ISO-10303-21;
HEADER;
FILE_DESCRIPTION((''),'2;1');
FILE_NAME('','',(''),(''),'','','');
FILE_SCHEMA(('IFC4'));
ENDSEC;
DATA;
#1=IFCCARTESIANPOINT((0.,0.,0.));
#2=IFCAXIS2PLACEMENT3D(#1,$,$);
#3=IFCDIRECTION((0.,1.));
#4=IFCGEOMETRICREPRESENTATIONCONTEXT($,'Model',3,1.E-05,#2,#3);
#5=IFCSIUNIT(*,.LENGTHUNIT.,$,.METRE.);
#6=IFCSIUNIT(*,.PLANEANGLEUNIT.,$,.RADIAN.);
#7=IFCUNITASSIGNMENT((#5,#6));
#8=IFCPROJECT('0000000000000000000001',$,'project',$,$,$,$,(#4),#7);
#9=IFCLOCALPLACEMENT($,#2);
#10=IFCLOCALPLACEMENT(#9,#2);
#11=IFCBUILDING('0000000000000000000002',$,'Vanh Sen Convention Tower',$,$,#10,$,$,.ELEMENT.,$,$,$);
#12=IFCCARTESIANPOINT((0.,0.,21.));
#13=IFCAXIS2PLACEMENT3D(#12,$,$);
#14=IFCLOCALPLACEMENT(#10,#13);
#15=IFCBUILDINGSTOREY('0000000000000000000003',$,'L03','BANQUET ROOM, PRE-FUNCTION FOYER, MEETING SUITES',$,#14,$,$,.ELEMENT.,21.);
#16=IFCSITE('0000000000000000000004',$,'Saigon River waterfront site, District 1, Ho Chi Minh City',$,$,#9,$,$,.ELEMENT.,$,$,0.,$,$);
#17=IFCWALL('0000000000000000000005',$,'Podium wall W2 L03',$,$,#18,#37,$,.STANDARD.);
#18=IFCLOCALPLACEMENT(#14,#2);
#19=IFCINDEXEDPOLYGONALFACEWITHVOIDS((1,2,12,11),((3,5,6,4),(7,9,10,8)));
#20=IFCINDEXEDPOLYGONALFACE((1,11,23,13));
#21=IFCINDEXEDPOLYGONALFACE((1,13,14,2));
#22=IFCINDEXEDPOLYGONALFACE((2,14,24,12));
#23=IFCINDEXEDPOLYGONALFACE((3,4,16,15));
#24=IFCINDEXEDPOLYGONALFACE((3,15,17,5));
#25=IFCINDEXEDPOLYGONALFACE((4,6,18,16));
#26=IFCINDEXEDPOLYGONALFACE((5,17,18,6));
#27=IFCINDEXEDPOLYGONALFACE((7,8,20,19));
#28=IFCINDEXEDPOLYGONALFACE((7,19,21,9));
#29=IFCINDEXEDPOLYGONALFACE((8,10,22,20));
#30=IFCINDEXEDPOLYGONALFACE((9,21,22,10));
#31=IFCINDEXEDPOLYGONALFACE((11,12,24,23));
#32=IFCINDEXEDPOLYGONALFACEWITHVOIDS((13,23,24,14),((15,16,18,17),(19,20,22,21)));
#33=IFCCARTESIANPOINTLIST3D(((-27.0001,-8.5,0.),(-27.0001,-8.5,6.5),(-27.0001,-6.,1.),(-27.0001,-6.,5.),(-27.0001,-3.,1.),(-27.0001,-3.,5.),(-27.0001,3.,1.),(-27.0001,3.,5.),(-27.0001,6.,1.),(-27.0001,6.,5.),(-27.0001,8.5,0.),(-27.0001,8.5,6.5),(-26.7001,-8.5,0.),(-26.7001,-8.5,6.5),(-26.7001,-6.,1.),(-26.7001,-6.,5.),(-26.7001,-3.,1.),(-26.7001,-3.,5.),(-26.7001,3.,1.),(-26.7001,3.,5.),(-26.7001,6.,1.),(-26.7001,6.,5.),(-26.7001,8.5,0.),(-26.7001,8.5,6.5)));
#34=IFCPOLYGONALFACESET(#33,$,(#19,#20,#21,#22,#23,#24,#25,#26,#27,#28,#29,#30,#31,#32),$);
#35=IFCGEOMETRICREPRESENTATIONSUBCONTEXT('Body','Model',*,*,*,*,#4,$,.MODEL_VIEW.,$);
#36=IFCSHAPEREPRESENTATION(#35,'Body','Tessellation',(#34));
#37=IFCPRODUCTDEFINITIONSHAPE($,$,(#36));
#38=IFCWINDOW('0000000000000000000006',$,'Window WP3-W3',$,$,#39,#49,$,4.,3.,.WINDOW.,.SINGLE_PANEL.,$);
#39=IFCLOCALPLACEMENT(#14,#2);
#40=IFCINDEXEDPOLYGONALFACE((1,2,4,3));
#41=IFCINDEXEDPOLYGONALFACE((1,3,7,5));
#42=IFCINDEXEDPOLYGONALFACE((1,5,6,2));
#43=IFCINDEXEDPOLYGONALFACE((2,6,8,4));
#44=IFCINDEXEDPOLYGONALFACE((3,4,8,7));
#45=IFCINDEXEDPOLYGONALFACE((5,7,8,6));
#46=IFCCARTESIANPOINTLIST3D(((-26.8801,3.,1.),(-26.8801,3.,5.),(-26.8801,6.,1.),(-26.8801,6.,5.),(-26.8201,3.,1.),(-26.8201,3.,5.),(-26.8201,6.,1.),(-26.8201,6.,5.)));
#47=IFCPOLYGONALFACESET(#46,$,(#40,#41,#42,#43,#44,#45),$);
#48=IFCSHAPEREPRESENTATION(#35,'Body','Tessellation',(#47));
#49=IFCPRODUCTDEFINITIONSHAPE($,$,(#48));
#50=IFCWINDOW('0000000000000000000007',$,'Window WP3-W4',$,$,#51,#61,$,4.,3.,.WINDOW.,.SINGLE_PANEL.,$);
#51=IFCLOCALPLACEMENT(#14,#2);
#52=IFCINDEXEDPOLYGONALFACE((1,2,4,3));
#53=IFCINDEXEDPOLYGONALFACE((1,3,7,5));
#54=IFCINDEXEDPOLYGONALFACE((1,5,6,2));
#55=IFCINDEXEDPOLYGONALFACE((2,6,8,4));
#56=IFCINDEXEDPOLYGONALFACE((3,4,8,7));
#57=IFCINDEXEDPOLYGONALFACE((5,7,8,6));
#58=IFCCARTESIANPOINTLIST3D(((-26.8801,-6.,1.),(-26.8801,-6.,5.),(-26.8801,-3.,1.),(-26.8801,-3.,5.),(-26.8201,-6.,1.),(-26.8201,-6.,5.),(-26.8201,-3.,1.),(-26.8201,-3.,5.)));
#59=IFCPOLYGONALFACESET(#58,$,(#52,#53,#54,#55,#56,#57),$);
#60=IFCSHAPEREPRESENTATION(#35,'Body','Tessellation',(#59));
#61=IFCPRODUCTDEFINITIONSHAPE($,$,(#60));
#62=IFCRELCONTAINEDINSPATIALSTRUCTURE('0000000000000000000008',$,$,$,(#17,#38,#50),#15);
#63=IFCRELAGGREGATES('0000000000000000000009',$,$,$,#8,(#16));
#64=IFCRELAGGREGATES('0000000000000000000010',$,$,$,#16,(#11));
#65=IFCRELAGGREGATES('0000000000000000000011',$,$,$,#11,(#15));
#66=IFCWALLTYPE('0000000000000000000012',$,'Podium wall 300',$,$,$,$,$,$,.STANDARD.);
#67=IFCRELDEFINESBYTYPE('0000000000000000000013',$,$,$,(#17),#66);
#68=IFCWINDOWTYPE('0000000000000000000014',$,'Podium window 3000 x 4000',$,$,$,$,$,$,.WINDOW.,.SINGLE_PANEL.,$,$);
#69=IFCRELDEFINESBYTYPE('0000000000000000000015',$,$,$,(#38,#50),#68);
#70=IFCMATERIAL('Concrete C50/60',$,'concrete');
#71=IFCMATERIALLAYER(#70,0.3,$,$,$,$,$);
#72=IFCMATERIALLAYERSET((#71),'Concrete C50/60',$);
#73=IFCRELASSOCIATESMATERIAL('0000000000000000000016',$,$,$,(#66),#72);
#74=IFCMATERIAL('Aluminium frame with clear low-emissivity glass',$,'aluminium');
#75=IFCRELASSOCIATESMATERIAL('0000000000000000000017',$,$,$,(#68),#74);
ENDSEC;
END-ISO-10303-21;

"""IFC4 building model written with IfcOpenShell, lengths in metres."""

from ifc_helpers import new_model, si_unit, direction, frame, frame_2d, origin, place, context, subcontext, project, spatial, rectangle, extrude, material, layer, layer_set, type_object, element, fill, save


model = new_model("IFC4")

# Units and contexts
model_context = context("Model", 3, precision=1e-05, world=origin(), true_north=direction((0.0, 1.0)))
body_context = subcontext(model_context, "Body", "Model", "MODEL_VIEW")
ifc_project = project(units=[si_unit("LENGTHUNIT", "METRE"), si_unit("PLANEANGLEUNIT", "RADIAN")], contexts=[model_context])

# Site, building, storey
site_placement = place(None, origin())
site = spatial("IfcSite", under=ifc_project, at=site_placement, Name="Saigon River waterfront site, District 1, Ho Chi Minh City", CompositionType="ELEMENT", RefElevation=0.0)
building_placement = place(site_placement, origin())
building = spatial("IfcBuilding", under=site, at=building_placement, Name="Vanh Sen Convention Tower", CompositionType="ELEMENT")
storey_placement = place(building_placement, frame((0.0, 0.0, 21.0)))
storey = spatial("IfcBuildingStorey", under=building, at=storey_placement, Name="L03", Description="BANQUET ROOM, PRE-FUNCTION FOYER, MEETING SUITES", CompositionType="ELEMENT", Elevation=21.0)

# Wall, openings, windows
ifc_material_1 = material(Name="Concrete C50/60", Category="concrete")
ifc_layer_1 = layer(ifc_material_1, 0.3)
ifc_layer_set_1 = layer_set([ifc_layer_1], Name="Concrete C50/60")
wall_type_1 = type_object("IfcWallType", Name="Podium wall 300", PredefinedType="STANDARD", material=ifc_layer_set_1)
wall_1_placement = place(storey_placement, frame((-26.8501, 8.5, 0.0), z_axis=(0.0, 0.0, 1.0), x_axis=(0.0, -1.0, 0.0)))
wall_1 = element("IfcWall", 1, at=wall_1_placement, inside=storey, type_object=wall_type_1, Name="Podium wall W2 L03", PredefinedType="STANDARD", context=body_context, shape_type="SweptSolid", body=[
    extrude(rectangle(XDim=17.0, YDim=0.3, at=frame_2d((8.5, 0.0))), origin(), (0.0, 0.0, 1.0), 6.5),
])
opening_1_placement = place(wall_1_placement, frame((2.5, 0.0, 1.0)))
opening_1 = element("IfcOpeningElement", 2, at=opening_1_placement, cuts=wall_1, PredefinedType="OPENING", context=body_context, shape_type="SweptSolid", body=[
    extrude(rectangle(XDim=3.0, YDim=4.0, at=frame_2d((1.5, 2.0))), frame((0.0, 0.1599, 0.0), z_axis=(0.0, -1.0, 0.0), x_axis=(1.0, 0.0, 0.0)), (0.0, 0.0, 1.0), 0.3201),
])
opening_2_placement = place(wall_1_placement, frame((11.5, 0.0, 1.0)))
opening_2 = element("IfcOpeningElement", 3, at=opening_2_placement, cuts=wall_1, PredefinedType="OPENING", context=body_context, shape_type="SweptSolid", body=[
    extrude(rectangle(XDim=3.0, YDim=4.0, at=frame_2d((1.5, 2.0))), frame((0.0, 0.1599, 0.0), z_axis=(0.0, -1.0, 0.0), x_axis=(1.0, 0.0, 0.0)), (0.0, 0.0, 1.0), 0.3201),
])
ifc_material_2 = material(Name="Aluminium frame with clear low-emissivity glass", Category="aluminium")
window_type = type_object("IfcWindowType", Name="Podium window 3000 x 4000", PartitioningType="SINGLE_PANEL", PredefinedType="WINDOW", material=ifc_material_2)
window_1_placement = place(opening_1_placement, origin())
window_1 = element("IfcWindow", 4, at=window_1_placement, inside=storey, type_object=window_type, Name="Window WP3-W3", OverallHeight=4.0, OverallWidth=3.0, PartitioningType="SINGLE_PANEL", PredefinedType="WINDOW", context=body_context, shape_type="SweptSolid", body=[
    extrude(rectangle(XDim=3.0, YDim=4.0, at=frame_2d((1.5, 2.0))), frame((0.0, 0.03, 0.0), z_axis=(0.0, -1.0, 0.0), x_axis=(1.0, 0.0, 0.0)), (0.0, 0.0, 1.0), 0.0601),
])
fill(opening_1, window_1)
window_2_placement = place(opening_2_placement, origin())
window_2 = element("IfcWindow", 5, at=window_2_placement, inside=storey, type_object=window_type, Name="Window WP3-W4", OverallHeight=4.0, OverallWidth=3.0, PartitioningType="SINGLE_PANEL", PredefinedType="WINDOW", context=body_context, shape_type="SweptSolid", body=[
    extrude(rectangle(XDim=3.0, YDim=4.0, at=frame_2d((1.5, 2.0))), frame((0.0, 0.03, 0.0), z_axis=(0.0, -1.0, 0.0), x_axis=(1.0, 0.0, 0.0)), (0.0, 0.0, 1.0), 0.0601),
])
fill(opening_2, window_2)

save(model, "model.ifc")
